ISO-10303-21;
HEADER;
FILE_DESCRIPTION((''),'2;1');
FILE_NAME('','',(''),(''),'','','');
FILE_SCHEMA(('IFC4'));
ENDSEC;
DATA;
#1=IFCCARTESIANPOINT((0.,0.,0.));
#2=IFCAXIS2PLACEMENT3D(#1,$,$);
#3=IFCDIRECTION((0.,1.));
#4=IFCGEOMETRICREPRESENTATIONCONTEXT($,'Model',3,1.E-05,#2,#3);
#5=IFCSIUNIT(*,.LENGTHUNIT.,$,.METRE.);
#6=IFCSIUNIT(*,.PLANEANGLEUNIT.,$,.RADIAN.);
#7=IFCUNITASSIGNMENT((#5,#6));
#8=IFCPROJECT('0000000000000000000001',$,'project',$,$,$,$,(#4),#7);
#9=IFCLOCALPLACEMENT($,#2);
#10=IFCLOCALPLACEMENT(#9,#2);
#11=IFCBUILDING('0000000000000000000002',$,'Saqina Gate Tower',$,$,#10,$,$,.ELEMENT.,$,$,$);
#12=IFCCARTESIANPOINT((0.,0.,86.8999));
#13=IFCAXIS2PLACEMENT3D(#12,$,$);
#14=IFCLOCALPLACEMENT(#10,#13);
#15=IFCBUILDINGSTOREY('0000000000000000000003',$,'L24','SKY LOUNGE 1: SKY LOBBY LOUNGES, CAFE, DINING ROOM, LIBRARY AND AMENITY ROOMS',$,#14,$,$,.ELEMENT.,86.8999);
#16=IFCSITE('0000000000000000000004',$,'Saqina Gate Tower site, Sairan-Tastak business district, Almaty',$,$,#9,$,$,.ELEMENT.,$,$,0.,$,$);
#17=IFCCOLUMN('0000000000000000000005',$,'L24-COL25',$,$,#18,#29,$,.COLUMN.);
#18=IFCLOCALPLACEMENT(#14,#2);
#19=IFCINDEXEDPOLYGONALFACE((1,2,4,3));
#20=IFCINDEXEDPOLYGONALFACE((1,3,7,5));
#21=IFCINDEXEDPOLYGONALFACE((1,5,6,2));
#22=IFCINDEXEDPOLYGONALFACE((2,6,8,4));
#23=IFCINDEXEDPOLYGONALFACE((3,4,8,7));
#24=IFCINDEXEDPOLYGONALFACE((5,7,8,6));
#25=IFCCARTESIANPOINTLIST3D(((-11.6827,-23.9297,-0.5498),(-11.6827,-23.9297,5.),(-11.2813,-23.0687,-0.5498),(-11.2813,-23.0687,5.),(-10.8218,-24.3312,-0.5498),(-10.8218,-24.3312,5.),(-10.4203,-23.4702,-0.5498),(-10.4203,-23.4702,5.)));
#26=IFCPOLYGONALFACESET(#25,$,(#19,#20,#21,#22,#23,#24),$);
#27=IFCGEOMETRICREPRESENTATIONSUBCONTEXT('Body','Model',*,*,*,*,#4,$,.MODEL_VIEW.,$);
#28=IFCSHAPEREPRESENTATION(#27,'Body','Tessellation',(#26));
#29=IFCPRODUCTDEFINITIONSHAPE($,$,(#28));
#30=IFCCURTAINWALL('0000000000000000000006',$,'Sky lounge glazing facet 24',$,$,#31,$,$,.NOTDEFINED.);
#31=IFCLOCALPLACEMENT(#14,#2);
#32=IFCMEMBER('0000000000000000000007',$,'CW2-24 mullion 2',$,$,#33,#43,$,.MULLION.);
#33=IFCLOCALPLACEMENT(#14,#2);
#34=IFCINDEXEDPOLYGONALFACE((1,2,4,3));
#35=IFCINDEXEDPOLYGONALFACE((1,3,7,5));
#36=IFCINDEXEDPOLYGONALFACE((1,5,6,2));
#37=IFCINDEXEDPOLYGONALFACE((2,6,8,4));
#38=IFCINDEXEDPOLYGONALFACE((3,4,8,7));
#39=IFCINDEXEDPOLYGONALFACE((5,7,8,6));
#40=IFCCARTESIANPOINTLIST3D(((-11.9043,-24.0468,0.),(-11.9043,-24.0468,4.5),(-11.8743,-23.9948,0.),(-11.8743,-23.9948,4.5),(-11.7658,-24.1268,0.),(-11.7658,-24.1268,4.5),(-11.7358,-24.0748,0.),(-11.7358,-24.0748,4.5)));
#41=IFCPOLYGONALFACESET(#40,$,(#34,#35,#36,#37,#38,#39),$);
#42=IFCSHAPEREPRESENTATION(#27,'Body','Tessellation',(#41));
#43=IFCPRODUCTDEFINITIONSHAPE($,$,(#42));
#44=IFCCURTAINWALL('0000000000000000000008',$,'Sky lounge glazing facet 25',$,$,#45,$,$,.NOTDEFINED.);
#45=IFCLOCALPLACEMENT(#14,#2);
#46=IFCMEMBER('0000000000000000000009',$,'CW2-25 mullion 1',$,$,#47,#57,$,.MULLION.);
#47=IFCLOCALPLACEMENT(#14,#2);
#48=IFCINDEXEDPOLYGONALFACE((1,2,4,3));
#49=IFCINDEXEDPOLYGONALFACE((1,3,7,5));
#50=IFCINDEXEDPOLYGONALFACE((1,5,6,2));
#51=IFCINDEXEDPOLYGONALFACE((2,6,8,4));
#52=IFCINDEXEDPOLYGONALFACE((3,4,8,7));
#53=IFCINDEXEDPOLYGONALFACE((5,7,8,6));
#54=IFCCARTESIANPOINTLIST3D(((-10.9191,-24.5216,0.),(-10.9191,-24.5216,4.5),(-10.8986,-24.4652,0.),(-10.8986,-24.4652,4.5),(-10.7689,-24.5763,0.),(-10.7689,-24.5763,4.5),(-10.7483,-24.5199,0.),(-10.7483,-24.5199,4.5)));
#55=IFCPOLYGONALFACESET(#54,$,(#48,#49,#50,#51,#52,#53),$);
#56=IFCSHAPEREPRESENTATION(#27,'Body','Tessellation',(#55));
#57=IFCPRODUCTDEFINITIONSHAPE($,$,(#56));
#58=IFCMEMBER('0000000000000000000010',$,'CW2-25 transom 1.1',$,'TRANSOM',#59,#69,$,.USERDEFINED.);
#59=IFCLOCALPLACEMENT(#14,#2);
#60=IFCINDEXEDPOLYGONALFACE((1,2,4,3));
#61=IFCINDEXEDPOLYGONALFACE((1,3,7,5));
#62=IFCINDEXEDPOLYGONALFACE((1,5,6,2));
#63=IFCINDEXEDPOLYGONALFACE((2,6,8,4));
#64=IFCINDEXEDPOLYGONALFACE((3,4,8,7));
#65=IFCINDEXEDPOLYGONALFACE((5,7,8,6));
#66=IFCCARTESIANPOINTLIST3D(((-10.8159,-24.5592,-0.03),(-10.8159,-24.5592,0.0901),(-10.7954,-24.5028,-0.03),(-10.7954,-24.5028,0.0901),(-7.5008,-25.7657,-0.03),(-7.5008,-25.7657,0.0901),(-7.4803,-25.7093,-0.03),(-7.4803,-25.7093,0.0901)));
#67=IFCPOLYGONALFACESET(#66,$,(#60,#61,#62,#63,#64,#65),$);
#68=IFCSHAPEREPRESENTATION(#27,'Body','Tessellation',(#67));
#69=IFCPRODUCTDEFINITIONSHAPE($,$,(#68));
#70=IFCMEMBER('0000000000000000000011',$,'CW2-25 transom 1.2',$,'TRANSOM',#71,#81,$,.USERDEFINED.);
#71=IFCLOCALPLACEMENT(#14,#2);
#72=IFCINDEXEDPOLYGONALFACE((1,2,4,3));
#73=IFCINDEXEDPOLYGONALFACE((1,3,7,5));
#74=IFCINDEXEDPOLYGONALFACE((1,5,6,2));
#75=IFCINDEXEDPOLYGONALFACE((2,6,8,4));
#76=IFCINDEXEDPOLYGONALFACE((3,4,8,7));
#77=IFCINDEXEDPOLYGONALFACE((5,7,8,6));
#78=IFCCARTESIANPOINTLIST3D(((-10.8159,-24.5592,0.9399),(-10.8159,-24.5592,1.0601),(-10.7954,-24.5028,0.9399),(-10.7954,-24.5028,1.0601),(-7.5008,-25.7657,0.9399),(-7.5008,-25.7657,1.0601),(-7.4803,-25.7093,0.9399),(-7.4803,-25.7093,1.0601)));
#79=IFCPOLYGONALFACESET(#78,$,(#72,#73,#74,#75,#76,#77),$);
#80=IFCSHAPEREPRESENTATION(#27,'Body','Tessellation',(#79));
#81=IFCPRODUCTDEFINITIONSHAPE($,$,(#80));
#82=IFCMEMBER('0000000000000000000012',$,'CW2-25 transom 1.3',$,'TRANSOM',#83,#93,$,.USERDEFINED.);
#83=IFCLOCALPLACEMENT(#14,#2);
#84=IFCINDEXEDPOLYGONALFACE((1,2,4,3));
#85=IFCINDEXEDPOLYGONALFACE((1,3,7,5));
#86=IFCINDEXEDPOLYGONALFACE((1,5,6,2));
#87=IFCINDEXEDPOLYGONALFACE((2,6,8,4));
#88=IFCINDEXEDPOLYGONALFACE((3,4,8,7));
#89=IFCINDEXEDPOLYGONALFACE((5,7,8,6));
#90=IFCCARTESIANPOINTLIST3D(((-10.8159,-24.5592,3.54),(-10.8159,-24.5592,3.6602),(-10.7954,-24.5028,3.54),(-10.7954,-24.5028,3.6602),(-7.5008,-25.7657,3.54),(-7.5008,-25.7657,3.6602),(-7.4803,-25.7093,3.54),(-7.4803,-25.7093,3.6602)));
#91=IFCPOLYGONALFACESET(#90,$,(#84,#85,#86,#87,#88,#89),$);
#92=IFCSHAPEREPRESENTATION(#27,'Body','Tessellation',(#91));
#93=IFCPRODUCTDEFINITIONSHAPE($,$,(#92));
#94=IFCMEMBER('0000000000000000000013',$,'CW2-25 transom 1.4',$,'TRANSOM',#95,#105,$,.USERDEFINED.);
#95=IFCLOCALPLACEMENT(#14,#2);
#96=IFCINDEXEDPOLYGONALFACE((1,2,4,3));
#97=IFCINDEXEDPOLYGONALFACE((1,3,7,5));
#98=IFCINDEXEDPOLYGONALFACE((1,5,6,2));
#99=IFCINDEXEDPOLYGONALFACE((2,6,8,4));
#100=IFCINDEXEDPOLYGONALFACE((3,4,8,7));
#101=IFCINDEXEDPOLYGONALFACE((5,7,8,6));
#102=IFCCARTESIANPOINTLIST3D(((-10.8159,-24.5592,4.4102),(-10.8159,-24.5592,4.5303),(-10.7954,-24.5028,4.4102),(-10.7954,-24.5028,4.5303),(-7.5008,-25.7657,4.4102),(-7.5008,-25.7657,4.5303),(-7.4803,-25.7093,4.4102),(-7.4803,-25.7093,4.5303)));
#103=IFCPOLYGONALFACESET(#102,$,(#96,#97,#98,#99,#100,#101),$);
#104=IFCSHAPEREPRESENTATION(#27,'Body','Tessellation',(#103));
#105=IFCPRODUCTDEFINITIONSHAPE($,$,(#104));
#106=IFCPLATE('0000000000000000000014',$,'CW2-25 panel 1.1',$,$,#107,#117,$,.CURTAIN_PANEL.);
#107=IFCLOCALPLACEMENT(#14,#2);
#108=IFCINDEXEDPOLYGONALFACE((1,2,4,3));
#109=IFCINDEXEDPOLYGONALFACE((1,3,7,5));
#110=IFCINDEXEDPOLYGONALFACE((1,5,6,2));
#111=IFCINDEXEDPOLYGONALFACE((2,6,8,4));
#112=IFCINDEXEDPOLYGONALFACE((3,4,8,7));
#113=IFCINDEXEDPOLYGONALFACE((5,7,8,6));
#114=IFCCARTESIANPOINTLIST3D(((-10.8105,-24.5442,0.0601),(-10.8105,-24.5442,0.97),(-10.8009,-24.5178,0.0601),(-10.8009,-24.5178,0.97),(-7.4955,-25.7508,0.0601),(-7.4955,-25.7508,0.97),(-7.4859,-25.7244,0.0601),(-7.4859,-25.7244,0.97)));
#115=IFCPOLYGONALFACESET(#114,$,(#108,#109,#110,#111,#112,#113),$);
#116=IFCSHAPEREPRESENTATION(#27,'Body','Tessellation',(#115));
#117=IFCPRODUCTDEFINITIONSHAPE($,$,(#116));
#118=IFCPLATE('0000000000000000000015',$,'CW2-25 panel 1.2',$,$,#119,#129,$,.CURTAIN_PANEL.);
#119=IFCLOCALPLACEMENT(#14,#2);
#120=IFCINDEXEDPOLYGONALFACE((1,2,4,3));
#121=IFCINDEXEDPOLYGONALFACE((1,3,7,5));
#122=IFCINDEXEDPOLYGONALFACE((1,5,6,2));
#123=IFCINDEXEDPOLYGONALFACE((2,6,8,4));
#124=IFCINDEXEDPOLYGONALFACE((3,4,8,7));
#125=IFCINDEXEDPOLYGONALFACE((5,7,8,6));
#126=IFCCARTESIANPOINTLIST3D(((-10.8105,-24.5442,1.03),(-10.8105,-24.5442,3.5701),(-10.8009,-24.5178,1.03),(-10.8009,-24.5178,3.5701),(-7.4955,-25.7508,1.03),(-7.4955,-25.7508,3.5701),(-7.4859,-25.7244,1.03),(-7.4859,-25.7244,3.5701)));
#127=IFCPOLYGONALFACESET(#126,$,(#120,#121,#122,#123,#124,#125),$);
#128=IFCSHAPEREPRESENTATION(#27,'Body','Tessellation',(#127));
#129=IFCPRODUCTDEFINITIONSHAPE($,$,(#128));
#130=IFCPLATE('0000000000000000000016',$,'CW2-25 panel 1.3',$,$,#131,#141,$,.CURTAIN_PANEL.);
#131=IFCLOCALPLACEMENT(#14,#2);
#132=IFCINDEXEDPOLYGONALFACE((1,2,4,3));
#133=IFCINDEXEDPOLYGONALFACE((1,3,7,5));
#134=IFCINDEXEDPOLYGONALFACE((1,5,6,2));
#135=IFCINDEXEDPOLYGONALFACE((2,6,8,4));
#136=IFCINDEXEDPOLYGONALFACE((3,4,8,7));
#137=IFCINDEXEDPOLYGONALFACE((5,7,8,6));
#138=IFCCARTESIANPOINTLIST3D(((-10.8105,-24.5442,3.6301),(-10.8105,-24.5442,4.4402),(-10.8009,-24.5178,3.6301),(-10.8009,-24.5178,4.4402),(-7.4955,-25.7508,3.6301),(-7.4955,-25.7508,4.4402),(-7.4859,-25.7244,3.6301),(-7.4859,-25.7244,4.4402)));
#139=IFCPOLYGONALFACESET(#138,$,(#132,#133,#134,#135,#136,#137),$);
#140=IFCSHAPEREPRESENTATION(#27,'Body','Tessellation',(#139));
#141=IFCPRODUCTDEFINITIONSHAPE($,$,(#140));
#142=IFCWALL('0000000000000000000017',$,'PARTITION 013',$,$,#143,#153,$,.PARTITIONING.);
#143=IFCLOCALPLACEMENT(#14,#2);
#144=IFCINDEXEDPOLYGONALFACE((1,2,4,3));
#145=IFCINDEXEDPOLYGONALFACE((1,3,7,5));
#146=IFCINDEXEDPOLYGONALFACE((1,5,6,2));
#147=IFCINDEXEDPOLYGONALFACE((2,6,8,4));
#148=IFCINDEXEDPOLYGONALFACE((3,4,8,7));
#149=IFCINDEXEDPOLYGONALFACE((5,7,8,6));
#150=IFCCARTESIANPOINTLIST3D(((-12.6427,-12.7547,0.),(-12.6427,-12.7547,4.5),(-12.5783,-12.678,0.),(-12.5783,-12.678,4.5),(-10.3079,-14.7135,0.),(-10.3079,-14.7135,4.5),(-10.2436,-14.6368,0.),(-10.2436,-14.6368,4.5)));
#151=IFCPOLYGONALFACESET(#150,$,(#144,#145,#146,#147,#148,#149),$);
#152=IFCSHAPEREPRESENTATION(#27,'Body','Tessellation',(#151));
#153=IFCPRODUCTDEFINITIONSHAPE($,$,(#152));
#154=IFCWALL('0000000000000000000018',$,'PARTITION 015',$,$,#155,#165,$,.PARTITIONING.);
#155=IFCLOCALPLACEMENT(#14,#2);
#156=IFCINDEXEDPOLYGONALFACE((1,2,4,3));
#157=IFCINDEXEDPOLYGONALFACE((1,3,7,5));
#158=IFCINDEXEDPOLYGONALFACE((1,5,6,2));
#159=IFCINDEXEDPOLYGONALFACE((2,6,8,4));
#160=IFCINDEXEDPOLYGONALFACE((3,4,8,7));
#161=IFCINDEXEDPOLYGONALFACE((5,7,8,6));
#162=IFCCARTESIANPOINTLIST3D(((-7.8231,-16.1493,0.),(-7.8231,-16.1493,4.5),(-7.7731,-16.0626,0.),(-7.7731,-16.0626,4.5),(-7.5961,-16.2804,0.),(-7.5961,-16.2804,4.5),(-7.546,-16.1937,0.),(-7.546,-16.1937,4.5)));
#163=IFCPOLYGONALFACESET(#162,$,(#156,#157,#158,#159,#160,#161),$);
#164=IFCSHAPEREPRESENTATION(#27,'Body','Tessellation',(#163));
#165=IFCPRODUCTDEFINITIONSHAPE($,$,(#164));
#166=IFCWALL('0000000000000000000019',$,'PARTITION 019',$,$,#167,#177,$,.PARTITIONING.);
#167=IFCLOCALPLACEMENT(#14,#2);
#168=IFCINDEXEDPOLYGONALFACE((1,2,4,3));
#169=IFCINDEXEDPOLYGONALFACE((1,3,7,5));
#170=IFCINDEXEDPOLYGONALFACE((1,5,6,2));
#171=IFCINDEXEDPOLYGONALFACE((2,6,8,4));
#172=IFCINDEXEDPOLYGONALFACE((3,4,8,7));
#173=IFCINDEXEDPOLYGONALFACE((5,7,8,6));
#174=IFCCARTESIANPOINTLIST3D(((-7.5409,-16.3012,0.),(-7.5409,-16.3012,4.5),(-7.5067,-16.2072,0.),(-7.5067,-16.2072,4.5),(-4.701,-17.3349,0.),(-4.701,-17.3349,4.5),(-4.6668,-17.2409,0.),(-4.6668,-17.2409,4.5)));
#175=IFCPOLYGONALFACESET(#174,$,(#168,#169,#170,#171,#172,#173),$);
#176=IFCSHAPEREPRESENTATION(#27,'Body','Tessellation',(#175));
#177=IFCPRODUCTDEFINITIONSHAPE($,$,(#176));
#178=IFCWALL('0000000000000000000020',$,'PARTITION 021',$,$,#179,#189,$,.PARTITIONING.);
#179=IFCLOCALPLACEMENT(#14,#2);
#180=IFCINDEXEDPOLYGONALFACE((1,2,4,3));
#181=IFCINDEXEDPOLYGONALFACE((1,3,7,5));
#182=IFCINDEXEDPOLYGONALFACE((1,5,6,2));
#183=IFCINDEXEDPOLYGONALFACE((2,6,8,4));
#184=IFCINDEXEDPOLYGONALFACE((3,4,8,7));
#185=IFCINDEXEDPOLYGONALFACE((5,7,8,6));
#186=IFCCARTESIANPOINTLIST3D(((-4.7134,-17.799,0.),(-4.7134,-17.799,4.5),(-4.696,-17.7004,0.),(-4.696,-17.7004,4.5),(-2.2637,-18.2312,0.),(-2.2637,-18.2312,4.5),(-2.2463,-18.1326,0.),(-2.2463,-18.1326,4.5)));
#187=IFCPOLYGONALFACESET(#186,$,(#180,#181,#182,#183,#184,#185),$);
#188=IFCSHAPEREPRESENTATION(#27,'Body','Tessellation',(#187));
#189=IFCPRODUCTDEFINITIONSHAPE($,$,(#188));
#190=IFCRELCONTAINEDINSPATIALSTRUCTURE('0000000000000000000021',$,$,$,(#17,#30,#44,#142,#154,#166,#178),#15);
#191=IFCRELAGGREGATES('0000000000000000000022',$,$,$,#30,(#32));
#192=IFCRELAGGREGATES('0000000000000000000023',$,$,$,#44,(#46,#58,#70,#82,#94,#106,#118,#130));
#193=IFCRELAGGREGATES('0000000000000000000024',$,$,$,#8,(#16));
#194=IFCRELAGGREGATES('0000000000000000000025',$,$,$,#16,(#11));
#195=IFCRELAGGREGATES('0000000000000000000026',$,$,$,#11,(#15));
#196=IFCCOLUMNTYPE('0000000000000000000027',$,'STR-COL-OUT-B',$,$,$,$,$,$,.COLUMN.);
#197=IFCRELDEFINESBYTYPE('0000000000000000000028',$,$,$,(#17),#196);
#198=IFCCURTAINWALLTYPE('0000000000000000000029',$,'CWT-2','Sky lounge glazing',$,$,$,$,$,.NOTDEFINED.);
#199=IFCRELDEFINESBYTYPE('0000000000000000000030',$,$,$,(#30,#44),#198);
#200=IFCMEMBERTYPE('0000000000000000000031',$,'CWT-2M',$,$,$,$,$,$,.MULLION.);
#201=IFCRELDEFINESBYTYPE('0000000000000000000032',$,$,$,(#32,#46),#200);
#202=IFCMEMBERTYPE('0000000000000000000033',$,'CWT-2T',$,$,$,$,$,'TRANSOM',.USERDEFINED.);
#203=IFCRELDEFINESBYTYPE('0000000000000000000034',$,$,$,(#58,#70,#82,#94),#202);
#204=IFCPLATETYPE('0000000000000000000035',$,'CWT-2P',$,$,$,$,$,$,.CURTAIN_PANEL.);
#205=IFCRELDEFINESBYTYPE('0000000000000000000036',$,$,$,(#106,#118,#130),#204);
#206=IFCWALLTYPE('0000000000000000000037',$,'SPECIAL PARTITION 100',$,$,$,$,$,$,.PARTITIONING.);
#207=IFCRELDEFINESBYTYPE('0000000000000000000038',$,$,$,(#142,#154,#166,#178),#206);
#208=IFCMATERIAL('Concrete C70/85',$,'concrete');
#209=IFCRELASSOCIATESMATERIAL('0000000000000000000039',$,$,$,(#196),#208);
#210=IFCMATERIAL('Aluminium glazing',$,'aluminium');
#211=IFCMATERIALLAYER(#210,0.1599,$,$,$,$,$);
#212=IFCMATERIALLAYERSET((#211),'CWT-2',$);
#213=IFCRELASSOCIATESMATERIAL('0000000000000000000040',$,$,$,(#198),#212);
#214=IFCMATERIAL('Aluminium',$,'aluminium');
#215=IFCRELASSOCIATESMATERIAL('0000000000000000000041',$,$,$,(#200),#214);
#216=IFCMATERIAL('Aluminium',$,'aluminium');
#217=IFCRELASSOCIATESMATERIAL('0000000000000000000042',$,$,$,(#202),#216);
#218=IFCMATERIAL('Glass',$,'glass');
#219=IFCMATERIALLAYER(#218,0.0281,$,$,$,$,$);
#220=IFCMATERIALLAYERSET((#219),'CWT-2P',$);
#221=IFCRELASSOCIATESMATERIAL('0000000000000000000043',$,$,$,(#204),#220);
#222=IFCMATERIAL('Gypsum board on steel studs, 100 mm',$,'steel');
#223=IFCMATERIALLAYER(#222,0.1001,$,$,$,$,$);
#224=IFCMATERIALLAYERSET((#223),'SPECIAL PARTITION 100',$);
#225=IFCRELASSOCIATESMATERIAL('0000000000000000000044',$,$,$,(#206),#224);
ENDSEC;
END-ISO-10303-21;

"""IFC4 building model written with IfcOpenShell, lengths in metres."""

from ifc_helpers import new_model, si_unit, direction, frame, frame_2d, origin, origin_2d, place, context, subcontext, project, spatial, rectangle, extrude, material, layer, layer_set, material_profile, profile_set, type_object, element, aggregate, save


model = new_model("IFC4")

# Units and contexts
model_context = context("Model", 3, precision=1e-05, world=origin(), true_north=direction((0.0, 1.0)))
body_context = subcontext(model_context, "Body", "Model", "MODEL_VIEW")
ifc_project = project(units=[si_unit("LENGTHUNIT", "METRE"), si_unit("PLANEANGLEUNIT", "RADIAN")], contexts=[model_context])

# Site, building, storey
site_placement = place(None, origin())
site = spatial("IfcSite", under=ifc_project, at=site_placement, Name="Saqina Gate Tower site, Sairan-Tastak business district, Almaty", CompositionType="ELEMENT", RefElevation=0.0)
building_placement = place(site_placement, origin())
building = spatial("IfcBuilding", under=site, at=building_placement, Name="Saqina Gate Tower", CompositionType="ELEMENT")
storey_placement = place(building_placement, frame((0.0, 0.0, 86.8999)))
storey = spatial("IfcBuildingStorey", under=building, at=storey_placement, Name="L24", Description="SKY LOUNGE 1: SKY LOBBY LOUNGES, CAFE, DINING ROOM, LIBRARY AND AMENITY ROOMS", CompositionType="ELEMENT", Elevation=86.8999)

# Column
ifc_material_1 = material(Name="Concrete C70/85", Category="concrete")
ifc_material_profile_1 = material_profile(ifc_material_1, rectangle(XDim=0.95, YDim=0.95, at=origin_2d()), Name="RC 950x950")
ifc_profile_set_1 = profile_set([ifc_material_profile_1], Name="Concrete C70/85")
column_type = type_object("IfcColumnType", Name="STR-COL-OUT-B", PredefinedType="COLUMN", material=ifc_profile_set_1)
column_placement = place(storey_placement, frame((-11.0515, -23.7, -0.5498), z_axis=(0.0, 0.0, 1.0), x_axis=(-0.422618, -0.906308, 0.0)))
element("IfcColumn", 1, at=column_placement, inside=storey, type_object=column_type, Name="L24-COL25", PredefinedType="COLUMN", context=body_context, shape_type="SweptSolid", body=[
    extrude(rectangle(XDim=0.95, YDim=0.95, at=origin_2d()), origin(), (0.0, 0.0, 1.0), 5.5498),
])

# Curtain wall, member
ifc_material_2 = material(Name="Aluminium glazing", Category="aluminium")
ifc_layer_1 = layer(ifc_material_2, 0.1599)
ifc_layer_set_1 = layer_set([ifc_layer_1], Name="CWT-2")
curtain_wall_type = type_object("IfcCurtainWallType", Name="CWT-2", Description="Sky lounge glazing", PredefinedType="NOTDEFINED", material=ifc_layer_set_1)
curtain_wall_1_placement = place(storey_placement, origin())
curtain_wall_1 = element("IfcCurtainWall", 2, at=curtain_wall_1_placement, inside=storey, type_object=curtain_wall_type, Name="Sky lounge glazing facet 24", PredefinedType="NOTDEFINED")
ifc_material_3 = material(Name="Aluminium", Category="aluminium")
ifc_material_profile_2 = material_profile(ifc_material_3, rectangle(XDim=0.0601, YDim=0.1599, at=origin_2d()), Name="Aluminium 60x160")
ifc_profile_set_2 = profile_set([ifc_material_profile_2], Name="Aluminium")
member_type_1 = type_object("IfcMemberType", Name="CWT-2M", PredefinedType="MULLION", material=ifc_profile_set_2)
member_1_placement = place(storey_placement, frame((-11.8201, -24.0608, 0.0), z_axis=(0.0, 0.0, 1.0), x_axis=(0.499999, 0.866026, 0.0)))
member_1 = element("IfcMember", 3, at=member_1_placement, type_object=member_type_1, Name="CW2-24 mullion 2", PredefinedType="MULLION", context=body_context, shape_type="SweptSolid", body=[
    extrude(rectangle(XDim=0.0601, YDim=0.1599, at=origin_2d()), origin(), (0.0, 0.0, 1.0), 4.5),
])
aggregate(curtain_wall_1, [member_1])

# Curtain wall, members, plates
curtain_wall_2_placement = place(storey_placement, origin())
curtain_wall_2 = element("IfcCurtainWall", 4, at=curtain_wall_2_placement, inside=storey, type_object=curtain_wall_type, Name="Sky lounge glazing facet 25", PredefinedType="NOTDEFINED")
member_2_placement = place(storey_placement, frame((-10.8337, -24.5208, 0.0), z_axis=(0.0, 0.0, 1.0), x_axis=(0.342016, 0.939694, 0.0)))
member_2 = element("IfcMember", 5, at=member_2_placement, type_object=member_type_1, Name="CW2-25 mullion 1", PredefinedType="MULLION", context=body_context, shape_type="SweptSolid", body=[
    extrude(rectangle(XDim=0.0601, YDim=0.1599, at=origin_2d()), origin(), (0.0, 0.0, 1.0), 4.5),
])
ifc_material_4 = material(Name="Aluminium", Category="aluminium")
ifc_material_profile_3 = material_profile(ifc_material_4, rectangle(XDim=0.0601, YDim=0.1201, at=origin_2d()), Name="Aluminium 60x120")
ifc_profile_set_3 = profile_set([ifc_material_profile_3], Name="Aluminium")
member_type_2 = type_object("IfcMemberType", Name="CWT-2T", ElementType="TRANSOM", PredefinedType="USERDEFINED", material=ifc_profile_set_3)
member_3_placement = place(storey_placement, frame((-10.8057, -24.531, 0.03), z_axis=(0.9397, -0.341999, 0.0), x_axis=(0.341999, 0.9397, 0.0)))
member_3 = element("IfcMember", 6, at=member_3_placement, type_object=member_type_2, Name="CW2-25 transom 1.1", ObjectType="TRANSOM", PredefinedType="USERDEFINED", context=body_context, shape_type="SweptSolid", body=[
    extrude(rectangle(XDim=0.0601, YDim=0.1201, at=origin_2d()), origin(), (0.0, 0.0, 1.0), 3.5278),
])
member_4_placement = place(storey_placement, frame((-10.8057, -24.531, 1.0), z_axis=(0.9397, -0.341999, 0.0), x_axis=(0.341999, 0.9397, 0.0)))
member_4 = element("IfcMember", 7, at=member_4_placement, type_object=member_type_2, Name="CW2-25 transom 1.2", ObjectType="TRANSOM", PredefinedType="USERDEFINED", context=body_context, shape_type="SweptSolid", body=[
    extrude(rectangle(XDim=0.0601, YDim=0.1201, at=origin_2d()), origin(), (0.0, 0.0, 1.0), 3.5278),
])
member_5_placement = place(storey_placement, frame((-10.8057, -24.531, 3.6001), z_axis=(0.9397, -0.341999, 0.0), x_axis=(0.341999, 0.9397, 0.0)))
member_5 = element("IfcMember", 8, at=member_5_placement, type_object=member_type_2, Name="CW2-25 transom 1.3", ObjectType="TRANSOM", PredefinedType="USERDEFINED", context=body_context, shape_type="SweptSolid", body=[
    extrude(rectangle(XDim=0.0601, YDim=0.1201, at=origin_2d()), origin(), (0.0, 0.0, 1.0), 3.5278),
])
member_6_placement = place(storey_placement, frame((-10.8057, -24.531, 4.4702), z_axis=(0.9397, -0.341999, 0.0), x_axis=(0.341999, 0.9397, 0.0)))
member_6 = element("IfcMember", 9, at=member_6_placement, type_object=member_type_2, Name="CW2-25 transom 1.4", ObjectType="TRANSOM", PredefinedType="USERDEFINED", context=body_context, shape_type="SweptSolid", body=[
    extrude(rectangle(XDim=0.0601, YDim=0.1201, at=origin_2d()), origin(), (0.0, 0.0, 1.0), 3.5278),
])
ifc_material_5 = material(Name="Glass", Category="glass")
ifc_layer_2 = layer(ifc_material_5, 0.0281)
ifc_layer_set_2 = layer_set([ifc_layer_2], Name="CWT-2P")
plate_type = type_object("IfcPlateType", Name="CWT-2P", PredefinedType="CURTAIN_PANEL", material=ifc_layer_set_2)
plate_1_placement = place(storey_placement, frame((-9.1482, -25.1343, 0.0601), z_axis=(0.0, 0.0, 1.0), x_axis=(0.939694, -0.342016, 0.0)))
plate_1 = element("IfcPlate", 10, at=plate_1_placement, type_object=plate_type, Name="CW2-25 panel 1.1", PredefinedType="CURTAIN_PANEL", context=body_context, shape_type="SweptSolid", body=[
    extrude(rectangle(XDim=3.5278, YDim=0.0281, at=origin_2d()), origin(), (0.0, 0.0, 1.0), 0.9099),
])
plate_2_placement = place(storey_placement, frame((-9.1482, -25.1343, 1.03), z_axis=(0.0, 0.0, 1.0), x_axis=(0.939694, -0.342016, 0.0)))
plate_2 = element("IfcPlate", 11, at=plate_2_placement, type_object=plate_type, Name="CW2-25 panel 1.2", PredefinedType="CURTAIN_PANEL", context=body_context, shape_type="SweptSolid", body=[
    extrude(rectangle(XDim=3.5278, YDim=0.0281, at=origin_2d()), origin(), (0.0, 0.0, 1.0), 2.54),
])
plate_3_placement = place(storey_placement, frame((-9.1482, -25.1343, 3.6301), z_axis=(0.0, 0.0, 1.0), x_axis=(0.939694, -0.342016, 0.0)))
plate_3 = element("IfcPlate", 12, at=plate_3_placement, type_object=plate_type, Name="CW2-25 panel 1.3", PredefinedType="CURTAIN_PANEL", context=body_context, shape_type="SweptSolid", body=[
    extrude(rectangle(XDim=3.5278, YDim=0.0281, at=origin_2d()), origin(), (0.0, 0.0, 1.0), 0.8101),
])
aggregate(curtain_wall_2, [member_2, member_3, member_4, member_5, member_6, plate_1, plate_2, plate_3])

# Walls
ifc_material_6 = material(Name="Gypsum board on steel studs, 100 mm", Category="steel")
ifc_layer_3 = layer(ifc_material_6, 0.1001)
ifc_layer_set_3 = layer_set([ifc_layer_3], Name="SPECIAL PARTITION 100")
wall_type_1 = type_object("IfcWallType", Name="SPECIAL PARTITION 100", PredefinedType="PARTITIONING", material=ifc_layer_set_3)
wall_1_placement = place(storey_placement, frame((-12.6106, -12.7163, 0.0), z_axis=(0.0, 0.0, 1.0), x_axis=(0.766096, -0.642726, 0.0)))
element("IfcWall", 13, at=wall_1_placement, inside=storey, type_object=wall_type_1, Name="PARTITION 013", PredefinedType="PARTITIONING", context=body_context, shape_type="SweptSolid", body=[
    extrude(rectangle(XDim=3.0476, YDim=0.1001, at=frame_2d((1.5239, 0.0))), origin(), (0.0, 0.0, 1.0), 4.5),
])
wall_2_placement = place(storey_placement, frame((-7.7981, -16.106, 0.0), z_axis=(0.0, 0.0, 1.0), x_axis=(0.865999, -0.500045, 0.0)))
element("IfcWall", 14, at=wall_2_placement, inside=storey, type_object=wall_type_1, Name="PARTITION 015", PredefinedType="PARTITIONING", context=body_context, shape_type="SweptSolid", body=[
    extrude(rectangle(XDim=0.2622, YDim=0.1001, at=frame_2d((0.1311, 0.0))), origin(), (0.0, 0.0, 1.0), 4.5),
])
wall_3_placement = place(storey_placement, frame((-7.5239, -16.2542, 0.0), z_axis=(0.0, 0.0, 1.0), x_axis=(0.939685, -0.342041, 0.0)))
element("IfcWall", 15, at=wall_3_placement, inside=storey, type_object=wall_type_1, Name="PARTITION 019", PredefinedType="PARTITIONING", context=body_context, shape_type="SweptSolid", body=[
    extrude(rectangle(XDim=3.0222, YDim=0.1001, at=frame_2d((1.5112, 0.0))), origin(), (0.0, 0.0, 1.0), 4.5),
])
wall_4_placement = place(storey_placement, frame((-4.7046, -17.7498, 0.0), z_axis=(0.0, 0.0, 1.0), x_axis=(0.984795, -0.173718, 0.0)))
element("IfcWall", 16, at=wall_4_placement, inside=storey, type_object=wall_type_1, Name="PARTITION 021", PredefinedType="PARTITIONING", context=body_context, shape_type="SweptSolid", body=[
    extrude(rectangle(XDim=2.4875, YDim=0.1001, at=frame_2d((1.2437, 0.0))), origin(), (0.0, 0.0, 1.0), 4.5),
])

save(model, "model.ifc")
